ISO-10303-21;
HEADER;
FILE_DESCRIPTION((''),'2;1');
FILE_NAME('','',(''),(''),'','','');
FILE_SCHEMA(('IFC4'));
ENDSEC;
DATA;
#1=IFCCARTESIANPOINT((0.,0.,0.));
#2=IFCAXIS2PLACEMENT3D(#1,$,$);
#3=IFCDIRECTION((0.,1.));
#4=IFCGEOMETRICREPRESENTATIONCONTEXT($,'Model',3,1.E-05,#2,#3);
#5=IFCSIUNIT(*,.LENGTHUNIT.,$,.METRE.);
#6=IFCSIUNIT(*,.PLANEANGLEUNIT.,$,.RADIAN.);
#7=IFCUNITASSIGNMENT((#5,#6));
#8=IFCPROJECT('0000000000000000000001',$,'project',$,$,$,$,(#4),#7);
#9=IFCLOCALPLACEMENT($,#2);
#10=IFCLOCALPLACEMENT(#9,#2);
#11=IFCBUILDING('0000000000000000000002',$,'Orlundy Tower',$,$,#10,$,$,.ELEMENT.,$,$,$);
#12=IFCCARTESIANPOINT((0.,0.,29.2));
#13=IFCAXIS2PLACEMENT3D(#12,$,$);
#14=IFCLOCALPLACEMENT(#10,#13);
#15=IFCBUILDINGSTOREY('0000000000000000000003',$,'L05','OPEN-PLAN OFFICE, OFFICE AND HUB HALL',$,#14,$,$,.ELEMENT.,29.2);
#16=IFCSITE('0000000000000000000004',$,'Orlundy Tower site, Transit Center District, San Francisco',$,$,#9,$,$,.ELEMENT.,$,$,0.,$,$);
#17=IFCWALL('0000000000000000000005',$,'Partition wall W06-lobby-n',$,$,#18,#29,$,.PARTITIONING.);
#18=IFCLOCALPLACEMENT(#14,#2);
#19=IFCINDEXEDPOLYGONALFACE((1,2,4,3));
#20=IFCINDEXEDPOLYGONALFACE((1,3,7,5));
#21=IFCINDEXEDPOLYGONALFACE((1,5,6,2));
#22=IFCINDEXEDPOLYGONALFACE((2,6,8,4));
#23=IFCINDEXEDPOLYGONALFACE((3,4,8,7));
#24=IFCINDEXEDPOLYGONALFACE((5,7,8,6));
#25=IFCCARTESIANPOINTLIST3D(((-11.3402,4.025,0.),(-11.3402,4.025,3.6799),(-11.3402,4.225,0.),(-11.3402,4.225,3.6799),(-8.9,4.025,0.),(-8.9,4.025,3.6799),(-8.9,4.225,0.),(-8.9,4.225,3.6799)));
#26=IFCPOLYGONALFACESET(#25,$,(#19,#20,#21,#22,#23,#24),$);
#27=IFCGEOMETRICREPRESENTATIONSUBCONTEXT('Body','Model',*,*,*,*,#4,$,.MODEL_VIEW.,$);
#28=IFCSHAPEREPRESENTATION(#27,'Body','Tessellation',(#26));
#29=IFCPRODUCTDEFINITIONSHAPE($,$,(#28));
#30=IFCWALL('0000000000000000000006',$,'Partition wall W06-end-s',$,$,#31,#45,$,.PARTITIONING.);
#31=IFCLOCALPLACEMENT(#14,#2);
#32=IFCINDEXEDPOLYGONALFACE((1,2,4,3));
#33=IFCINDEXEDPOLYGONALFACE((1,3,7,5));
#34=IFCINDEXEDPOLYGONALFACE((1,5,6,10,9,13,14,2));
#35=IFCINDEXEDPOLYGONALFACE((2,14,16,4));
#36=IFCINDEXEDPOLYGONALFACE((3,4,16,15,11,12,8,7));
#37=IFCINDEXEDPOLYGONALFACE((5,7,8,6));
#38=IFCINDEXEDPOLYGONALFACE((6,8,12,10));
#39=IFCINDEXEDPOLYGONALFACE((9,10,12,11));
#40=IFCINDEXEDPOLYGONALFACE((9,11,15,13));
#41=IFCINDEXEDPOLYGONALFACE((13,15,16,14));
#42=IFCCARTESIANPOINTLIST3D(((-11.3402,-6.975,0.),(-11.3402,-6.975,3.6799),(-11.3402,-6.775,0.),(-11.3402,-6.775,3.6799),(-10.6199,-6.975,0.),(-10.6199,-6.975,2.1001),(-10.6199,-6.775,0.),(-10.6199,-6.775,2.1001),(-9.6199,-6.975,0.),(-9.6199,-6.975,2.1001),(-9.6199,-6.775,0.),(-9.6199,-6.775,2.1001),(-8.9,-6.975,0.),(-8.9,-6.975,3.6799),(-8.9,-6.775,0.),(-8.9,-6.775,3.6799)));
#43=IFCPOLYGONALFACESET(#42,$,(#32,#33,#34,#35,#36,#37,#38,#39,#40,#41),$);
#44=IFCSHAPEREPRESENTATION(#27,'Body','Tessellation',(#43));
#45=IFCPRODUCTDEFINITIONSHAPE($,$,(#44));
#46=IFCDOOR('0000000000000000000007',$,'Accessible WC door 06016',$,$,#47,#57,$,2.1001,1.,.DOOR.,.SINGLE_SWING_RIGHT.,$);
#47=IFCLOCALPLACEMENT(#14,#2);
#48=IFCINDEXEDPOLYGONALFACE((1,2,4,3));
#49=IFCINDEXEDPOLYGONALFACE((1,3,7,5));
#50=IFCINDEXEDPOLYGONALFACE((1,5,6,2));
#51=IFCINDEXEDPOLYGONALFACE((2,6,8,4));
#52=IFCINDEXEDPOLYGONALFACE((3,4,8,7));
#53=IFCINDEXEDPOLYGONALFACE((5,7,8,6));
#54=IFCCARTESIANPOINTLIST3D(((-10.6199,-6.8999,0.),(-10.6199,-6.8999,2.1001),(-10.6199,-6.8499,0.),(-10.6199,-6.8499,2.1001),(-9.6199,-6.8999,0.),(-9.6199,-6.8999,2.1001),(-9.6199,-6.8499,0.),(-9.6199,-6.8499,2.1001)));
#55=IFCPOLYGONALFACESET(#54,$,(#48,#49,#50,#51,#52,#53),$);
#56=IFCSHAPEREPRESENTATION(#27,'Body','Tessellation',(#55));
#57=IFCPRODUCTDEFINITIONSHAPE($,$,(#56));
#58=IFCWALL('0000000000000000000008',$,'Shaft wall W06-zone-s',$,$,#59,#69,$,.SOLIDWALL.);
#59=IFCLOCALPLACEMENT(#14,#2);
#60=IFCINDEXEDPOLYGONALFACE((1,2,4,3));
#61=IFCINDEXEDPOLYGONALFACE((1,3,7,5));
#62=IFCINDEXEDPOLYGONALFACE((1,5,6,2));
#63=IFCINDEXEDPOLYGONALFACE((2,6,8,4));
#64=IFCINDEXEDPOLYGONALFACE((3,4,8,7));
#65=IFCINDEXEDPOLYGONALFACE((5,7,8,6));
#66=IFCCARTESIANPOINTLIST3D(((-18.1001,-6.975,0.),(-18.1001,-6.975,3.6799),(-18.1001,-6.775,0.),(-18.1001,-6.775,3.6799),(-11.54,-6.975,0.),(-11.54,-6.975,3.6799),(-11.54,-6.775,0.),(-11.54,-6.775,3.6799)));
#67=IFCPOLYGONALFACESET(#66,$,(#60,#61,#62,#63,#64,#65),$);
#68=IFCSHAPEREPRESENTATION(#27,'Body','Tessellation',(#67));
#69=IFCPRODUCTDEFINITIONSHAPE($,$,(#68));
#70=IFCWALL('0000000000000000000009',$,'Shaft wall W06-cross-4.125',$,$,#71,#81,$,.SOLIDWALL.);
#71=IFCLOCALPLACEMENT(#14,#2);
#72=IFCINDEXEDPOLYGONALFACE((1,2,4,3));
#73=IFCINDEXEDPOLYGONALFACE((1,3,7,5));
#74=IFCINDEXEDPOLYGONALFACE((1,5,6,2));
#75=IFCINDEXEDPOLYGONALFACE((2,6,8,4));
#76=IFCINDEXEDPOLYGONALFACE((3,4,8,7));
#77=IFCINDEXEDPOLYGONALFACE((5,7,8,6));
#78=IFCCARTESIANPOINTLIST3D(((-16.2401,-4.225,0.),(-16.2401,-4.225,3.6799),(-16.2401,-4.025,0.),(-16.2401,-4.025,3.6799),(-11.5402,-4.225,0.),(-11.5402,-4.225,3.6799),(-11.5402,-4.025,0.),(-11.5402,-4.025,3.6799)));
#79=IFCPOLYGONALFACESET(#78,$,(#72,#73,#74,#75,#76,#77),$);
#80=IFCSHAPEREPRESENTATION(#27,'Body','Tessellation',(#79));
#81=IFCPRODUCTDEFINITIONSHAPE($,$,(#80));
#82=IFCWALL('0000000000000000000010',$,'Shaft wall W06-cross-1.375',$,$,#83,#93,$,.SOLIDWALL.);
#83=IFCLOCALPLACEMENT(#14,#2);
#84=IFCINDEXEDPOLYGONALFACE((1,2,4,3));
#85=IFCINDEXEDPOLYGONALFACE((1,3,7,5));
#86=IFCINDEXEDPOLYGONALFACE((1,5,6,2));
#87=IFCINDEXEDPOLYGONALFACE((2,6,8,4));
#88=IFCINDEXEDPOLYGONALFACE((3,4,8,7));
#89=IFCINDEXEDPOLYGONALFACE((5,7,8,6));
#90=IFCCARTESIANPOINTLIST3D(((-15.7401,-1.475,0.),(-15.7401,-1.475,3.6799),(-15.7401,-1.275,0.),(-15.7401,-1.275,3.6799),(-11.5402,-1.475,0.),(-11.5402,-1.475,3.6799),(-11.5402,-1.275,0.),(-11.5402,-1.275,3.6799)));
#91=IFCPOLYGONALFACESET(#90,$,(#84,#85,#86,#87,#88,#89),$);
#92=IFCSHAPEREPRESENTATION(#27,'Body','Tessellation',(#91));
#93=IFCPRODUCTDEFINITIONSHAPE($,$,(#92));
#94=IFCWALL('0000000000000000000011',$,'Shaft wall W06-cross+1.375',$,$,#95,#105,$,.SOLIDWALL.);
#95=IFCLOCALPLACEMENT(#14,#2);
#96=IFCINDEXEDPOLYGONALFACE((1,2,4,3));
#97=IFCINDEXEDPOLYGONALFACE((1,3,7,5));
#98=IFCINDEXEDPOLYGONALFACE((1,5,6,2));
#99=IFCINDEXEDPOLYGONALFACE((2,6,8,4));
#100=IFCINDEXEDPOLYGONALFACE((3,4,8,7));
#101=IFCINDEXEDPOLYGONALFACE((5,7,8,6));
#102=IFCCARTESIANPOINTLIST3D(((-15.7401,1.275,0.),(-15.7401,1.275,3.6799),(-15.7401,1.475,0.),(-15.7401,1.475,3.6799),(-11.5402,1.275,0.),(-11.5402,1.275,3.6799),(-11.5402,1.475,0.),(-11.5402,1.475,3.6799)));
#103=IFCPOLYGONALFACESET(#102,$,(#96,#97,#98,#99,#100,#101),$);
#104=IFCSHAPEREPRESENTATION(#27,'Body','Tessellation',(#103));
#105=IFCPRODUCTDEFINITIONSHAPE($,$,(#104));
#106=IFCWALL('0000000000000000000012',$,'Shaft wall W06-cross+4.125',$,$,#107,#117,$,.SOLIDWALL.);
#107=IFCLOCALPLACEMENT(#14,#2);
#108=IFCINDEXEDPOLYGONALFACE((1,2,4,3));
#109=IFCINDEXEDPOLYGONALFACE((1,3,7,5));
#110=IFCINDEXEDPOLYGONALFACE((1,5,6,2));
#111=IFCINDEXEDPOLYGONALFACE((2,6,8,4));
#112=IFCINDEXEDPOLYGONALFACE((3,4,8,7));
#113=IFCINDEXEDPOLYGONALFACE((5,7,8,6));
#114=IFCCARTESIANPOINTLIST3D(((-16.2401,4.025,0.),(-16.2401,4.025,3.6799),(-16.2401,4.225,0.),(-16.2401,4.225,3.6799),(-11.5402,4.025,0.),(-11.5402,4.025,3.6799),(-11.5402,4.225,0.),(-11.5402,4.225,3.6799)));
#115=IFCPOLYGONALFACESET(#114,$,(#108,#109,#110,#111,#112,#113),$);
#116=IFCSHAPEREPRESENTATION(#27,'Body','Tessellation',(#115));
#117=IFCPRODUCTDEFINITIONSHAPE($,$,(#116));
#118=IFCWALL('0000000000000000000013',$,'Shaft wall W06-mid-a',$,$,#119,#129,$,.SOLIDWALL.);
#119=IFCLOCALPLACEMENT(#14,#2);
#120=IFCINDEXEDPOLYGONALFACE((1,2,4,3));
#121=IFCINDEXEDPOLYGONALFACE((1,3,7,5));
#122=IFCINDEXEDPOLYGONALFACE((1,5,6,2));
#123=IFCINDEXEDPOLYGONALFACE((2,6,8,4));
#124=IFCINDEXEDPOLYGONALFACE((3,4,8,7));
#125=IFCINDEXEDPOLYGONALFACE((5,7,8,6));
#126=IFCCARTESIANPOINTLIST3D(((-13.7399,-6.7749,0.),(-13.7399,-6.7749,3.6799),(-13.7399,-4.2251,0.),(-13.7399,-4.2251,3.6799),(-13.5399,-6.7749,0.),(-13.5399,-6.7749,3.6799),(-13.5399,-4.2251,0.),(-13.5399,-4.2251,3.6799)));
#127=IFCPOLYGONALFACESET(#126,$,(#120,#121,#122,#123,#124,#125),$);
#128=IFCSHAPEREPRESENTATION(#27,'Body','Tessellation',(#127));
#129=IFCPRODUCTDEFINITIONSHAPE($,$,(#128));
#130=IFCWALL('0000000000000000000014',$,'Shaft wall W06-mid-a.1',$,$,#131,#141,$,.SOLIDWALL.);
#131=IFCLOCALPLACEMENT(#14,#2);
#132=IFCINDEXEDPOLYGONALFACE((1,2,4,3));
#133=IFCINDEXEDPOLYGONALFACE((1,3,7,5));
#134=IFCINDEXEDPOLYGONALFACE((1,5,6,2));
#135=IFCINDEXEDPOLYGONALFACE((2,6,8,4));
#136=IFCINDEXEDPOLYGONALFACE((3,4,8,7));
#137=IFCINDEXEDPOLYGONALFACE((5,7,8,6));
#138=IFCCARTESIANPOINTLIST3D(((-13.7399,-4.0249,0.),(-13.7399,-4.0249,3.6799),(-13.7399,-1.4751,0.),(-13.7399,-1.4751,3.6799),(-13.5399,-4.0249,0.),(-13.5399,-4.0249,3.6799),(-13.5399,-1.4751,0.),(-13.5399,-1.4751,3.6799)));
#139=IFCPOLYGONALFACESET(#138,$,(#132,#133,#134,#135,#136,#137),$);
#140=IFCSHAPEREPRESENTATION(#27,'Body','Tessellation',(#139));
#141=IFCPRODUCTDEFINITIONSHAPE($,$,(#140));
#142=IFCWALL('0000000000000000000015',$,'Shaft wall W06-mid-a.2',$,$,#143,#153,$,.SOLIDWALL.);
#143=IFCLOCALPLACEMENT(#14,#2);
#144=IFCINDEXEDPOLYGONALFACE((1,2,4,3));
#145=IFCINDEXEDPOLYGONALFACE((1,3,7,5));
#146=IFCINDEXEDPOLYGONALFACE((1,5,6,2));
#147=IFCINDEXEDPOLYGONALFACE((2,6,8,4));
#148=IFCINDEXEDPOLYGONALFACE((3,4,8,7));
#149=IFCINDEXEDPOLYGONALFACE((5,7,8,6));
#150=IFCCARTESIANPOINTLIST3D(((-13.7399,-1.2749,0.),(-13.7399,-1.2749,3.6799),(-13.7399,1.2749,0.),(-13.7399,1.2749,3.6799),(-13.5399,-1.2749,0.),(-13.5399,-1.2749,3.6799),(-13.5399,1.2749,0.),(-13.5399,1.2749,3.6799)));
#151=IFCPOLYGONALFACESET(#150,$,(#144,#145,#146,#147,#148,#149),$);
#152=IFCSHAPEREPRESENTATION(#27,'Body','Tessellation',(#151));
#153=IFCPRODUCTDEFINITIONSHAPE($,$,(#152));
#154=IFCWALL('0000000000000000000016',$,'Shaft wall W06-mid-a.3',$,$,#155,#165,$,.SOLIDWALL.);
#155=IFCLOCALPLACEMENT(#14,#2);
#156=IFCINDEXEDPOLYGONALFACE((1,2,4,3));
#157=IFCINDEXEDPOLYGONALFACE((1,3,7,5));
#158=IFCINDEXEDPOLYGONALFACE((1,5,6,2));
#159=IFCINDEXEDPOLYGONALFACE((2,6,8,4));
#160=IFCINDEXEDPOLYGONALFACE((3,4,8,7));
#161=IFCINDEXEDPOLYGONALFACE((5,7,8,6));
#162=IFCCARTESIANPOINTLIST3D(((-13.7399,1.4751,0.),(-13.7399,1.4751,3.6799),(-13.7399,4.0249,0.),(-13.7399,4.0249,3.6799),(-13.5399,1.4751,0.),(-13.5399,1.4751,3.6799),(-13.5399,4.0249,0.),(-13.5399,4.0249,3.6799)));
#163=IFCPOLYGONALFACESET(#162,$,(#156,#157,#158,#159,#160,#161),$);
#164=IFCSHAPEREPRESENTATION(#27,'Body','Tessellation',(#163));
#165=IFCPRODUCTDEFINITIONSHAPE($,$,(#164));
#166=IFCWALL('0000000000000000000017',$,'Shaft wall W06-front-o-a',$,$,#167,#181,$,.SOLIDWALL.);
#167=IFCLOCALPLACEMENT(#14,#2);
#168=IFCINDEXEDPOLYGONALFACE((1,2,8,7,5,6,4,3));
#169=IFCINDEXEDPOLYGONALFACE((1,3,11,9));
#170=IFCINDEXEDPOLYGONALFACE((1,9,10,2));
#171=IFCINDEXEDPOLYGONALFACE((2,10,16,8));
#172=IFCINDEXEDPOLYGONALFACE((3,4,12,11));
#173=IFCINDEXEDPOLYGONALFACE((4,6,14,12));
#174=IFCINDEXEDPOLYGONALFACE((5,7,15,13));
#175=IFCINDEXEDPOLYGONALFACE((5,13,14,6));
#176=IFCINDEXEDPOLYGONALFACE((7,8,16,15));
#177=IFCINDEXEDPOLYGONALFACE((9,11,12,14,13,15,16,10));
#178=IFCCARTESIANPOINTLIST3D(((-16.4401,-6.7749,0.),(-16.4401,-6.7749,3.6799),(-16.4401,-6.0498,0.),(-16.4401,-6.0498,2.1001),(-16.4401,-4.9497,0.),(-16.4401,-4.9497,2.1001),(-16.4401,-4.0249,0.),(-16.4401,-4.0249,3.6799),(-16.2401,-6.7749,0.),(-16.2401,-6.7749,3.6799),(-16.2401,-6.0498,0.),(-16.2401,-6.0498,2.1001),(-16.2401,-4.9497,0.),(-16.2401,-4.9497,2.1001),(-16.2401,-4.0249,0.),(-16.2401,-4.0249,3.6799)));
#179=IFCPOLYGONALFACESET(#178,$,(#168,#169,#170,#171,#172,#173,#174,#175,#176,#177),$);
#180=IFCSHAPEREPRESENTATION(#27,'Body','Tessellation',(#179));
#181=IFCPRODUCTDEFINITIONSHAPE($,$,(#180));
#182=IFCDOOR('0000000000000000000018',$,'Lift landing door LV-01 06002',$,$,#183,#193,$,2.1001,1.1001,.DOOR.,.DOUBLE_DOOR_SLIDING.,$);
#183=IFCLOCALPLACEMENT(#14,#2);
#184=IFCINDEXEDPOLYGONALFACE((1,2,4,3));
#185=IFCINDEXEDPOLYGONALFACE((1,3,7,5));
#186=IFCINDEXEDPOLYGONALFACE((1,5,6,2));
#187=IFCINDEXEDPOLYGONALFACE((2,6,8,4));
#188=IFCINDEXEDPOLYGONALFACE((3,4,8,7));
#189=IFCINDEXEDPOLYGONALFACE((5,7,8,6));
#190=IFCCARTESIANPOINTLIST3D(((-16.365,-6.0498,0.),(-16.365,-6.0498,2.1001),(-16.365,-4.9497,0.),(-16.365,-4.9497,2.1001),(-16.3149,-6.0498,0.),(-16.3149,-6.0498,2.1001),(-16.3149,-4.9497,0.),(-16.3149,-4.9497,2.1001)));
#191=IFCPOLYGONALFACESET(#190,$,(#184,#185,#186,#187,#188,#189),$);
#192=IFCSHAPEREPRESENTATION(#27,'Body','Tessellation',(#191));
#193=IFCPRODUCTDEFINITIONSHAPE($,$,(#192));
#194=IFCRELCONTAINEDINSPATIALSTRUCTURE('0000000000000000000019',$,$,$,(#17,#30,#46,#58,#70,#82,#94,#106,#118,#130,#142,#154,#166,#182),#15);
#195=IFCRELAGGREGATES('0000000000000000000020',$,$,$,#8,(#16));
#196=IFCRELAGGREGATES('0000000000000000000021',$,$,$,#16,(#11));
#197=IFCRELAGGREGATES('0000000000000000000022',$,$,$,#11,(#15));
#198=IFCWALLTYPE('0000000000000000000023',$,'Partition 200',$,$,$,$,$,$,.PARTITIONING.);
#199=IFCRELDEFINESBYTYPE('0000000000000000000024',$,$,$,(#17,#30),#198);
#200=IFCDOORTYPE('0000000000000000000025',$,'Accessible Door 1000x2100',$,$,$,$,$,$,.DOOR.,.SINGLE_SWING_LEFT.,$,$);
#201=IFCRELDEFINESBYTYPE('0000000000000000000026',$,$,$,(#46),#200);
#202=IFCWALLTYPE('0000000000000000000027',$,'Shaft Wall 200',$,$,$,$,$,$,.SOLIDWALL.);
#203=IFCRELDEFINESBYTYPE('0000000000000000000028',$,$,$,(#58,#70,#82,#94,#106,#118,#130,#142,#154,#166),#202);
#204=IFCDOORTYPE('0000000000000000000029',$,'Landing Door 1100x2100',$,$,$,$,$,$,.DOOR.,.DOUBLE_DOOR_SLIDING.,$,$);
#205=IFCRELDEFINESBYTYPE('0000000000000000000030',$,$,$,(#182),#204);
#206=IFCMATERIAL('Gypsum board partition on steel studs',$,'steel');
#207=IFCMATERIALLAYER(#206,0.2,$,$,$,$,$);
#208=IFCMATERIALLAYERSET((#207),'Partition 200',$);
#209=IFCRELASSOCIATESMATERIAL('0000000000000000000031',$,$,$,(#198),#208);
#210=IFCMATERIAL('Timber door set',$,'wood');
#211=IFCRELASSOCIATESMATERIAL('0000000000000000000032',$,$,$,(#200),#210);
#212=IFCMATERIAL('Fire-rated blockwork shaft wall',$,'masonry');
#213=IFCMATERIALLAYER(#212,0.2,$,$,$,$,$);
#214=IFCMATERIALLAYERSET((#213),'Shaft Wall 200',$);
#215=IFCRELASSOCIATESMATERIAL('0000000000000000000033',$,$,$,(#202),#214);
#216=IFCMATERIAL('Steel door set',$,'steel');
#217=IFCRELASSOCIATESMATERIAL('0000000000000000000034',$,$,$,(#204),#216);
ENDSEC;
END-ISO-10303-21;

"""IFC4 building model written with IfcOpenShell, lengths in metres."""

from ifc_helpers import new_model, si_unit, direction, frame, frame_2d, origin, place, context, subcontext, project, spatial, rectangle, extrude, material, layer, layer_set, type_object, element, fill, save


model = new_model("IFC4")

# Units and contexts
model_context = context("Model", 3, precision=1e-05, world=origin(), true_north=direction((0.0, 1.0)))
body_context = subcontext(model_context, "Body", "Model", "MODEL_VIEW")
ifc_project = project(units=[si_unit("LENGTHUNIT", "METRE"), si_unit("PLANEANGLEUNIT", "RADIAN")], contexts=[model_context])

# Site, building, storey
site_placement = place(None, origin())
site = spatial("IfcSite", under=ifc_project, at=site_placement, Name="Orlundy Tower site, Transit Center District, San Francisco", CompositionType="ELEMENT", RefElevation=0.0)
building_placement = place(site_placement, origin())
building = spatial("IfcBuilding", under=site, at=building_placement, Name="Orlundy Tower", CompositionType="ELEMENT")
storey_placement = place(building_placement, frame((0.0, 0.0, 29.2)))
storey = spatial("IfcBuildingStorey", under=building, at=storey_placement, Name="L05", Description="OPEN-PLAN OFFICE, OFFICE AND HUB HALL", CompositionType="ELEMENT", Elevation=29.2)

# Wall
ifc_material_1 = material(Name="Gypsum board partition on steel studs", Category="steel")
ifc_layer_1 = layer(ifc_material_1, 0.2)
ifc_layer_set_1 = layer_set([ifc_layer_1], Name="Partition 200")
wall_type_1 = type_object("IfcWallType", Name="Partition 200", PredefinedType="PARTITIONING", material=ifc_layer_set_1)
wall_1_placement = place(storey_placement, frame((-8.8999, 4.125, 0.0), z_axis=(0.0, 0.0, 1.0), x_axis=(-1.0, 0.0, 0.0)))
element("IfcWall", 1, at=wall_1_placement, inside=storey, type_object=wall_type_1, Name="Partition wall W06-lobby-n", PredefinedType="PARTITIONING", context=body_context, shape_type="SweptSolid", body=[
    extrude(rectangle(XDim=2.4402, YDim=0.2, at=frame_2d((1.2202, 0.0))), origin(), (0.0, 0.0, 1.0), 3.6799),
])

# Wall, opening, door
wall_2_placement = place(storey_placement, frame((-8.8999, -6.875, 0.0), z_axis=(0.0, 0.0, 1.0), x_axis=(-1.0, 0.0, 0.0)))
wall_2 = element("IfcWall", 2, at=wall_2_placement, inside=storey, type_object=wall_type_1, Name="Partition wall W06-end-s", PredefinedType="PARTITIONING", context=body_context, shape_type="SweptSolid", body=[
    extrude(rectangle(XDim=2.4402, YDim=0.2, at=frame_2d((1.2202, 0.0))), origin(), (0.0, 0.0, 1.0), 3.6799),
])
opening_1_placement = place(wall_2_placement, frame((0.72, 0.0, 0.0)))
opening_1 = element("IfcOpeningElement", 3, at=opening_1_placement, cuts=wall_2, PredefinedType="OPENING", context=body_context, shape_type="SweptSolid", body=[
    extrude(rectangle(XDim=1.0, YDim=2.1001, at=frame_2d((0.5, 1.05))), frame((0.0, 0.1101, 0.0), z_axis=(0.0, -1.0, 0.0), x_axis=(1.0, 0.0, 0.0)), (0.0, 0.0, 1.0), 0.2202),
])
ifc_material_2 = material(Name="Timber door set", Category="wood")
door_type_1 = type_object("IfcDoorType", Name="Accessible Door 1000x2100", OperationType="SINGLE_SWING_LEFT", PredefinedType="DOOR", material=ifc_material_2)
door_1_placement = place(opening_1_placement, origin())
door_1 = element("IfcDoor", 4, at=door_1_placement, inside=storey, type_object=door_type_1, Name="Accessible WC door 06016", OperationType="SINGLE_SWING_RIGHT", OverallHeight=2.1001, OverallWidth=1.0, PredefinedType="DOOR", context=body_context, shape_type="SweptSolid", body=[
    extrude(rectangle(XDim=1.0, YDim=2.1001, at=frame_2d((0.5, 1.05))), frame((0.0, 0.0249, 0.0), z_axis=(0.0, -1.0, 0.0), x_axis=(1.0, 0.0, 0.0)), (0.0, 0.0, 1.0), 0.05),
])
fill(opening_1, door_1)

# Walls
ifc_material_3 = material(Name="Fire-rated blockwork shaft wall", Category="masonry")
ifc_layer_2 = layer(ifc_material_3, 0.2)
ifc_layer_set_2 = layer_set([ifc_layer_2], Name="Shaft Wall 200")
wall_type_2 = type_object("IfcWallType", Name="Shaft Wall 200", PredefinedType="SOLIDWALL", material=ifc_layer_set_2)
wall_3_placement = place(storey_placement, frame((-11.54, -6.875, 0.0), z_axis=(0.0, 0.0, 1.0), x_axis=(-1.0, 0.0, 0.0)))
element("IfcWall", 5, at=wall_3_placement, inside=storey, type_object=wall_type_2, Name="Shaft wall W06-zone-s", PredefinedType="SOLIDWALL", context=body_context, shape_type="SweptSolid", body=[
    extrude(rectangle(XDim=6.5601, YDim=0.2, at=frame_2d((3.28, 0.0))), origin(), (0.0, 0.0, 1.0), 3.6799),
])
wall_4_placement = place(storey_placement, frame((-11.54, -4.125, 0.0), z_axis=(0.0, 0.0, 1.0), x_axis=(-1.0, 0.0, 0.0)))
element("IfcWall", 6, at=wall_4_placement, inside=storey, type_object=wall_type_2, Name="Shaft wall W06-cross-4.125", PredefinedType="SOLIDWALL", context=body_context, shape_type="SweptSolid", body=[
    extrude(rectangle(XDim=4.7, YDim=0.2, at=frame_2d((2.3501, 0.0))), origin(), (0.0, 0.0, 1.0), 3.6799),
])
for number, where, z_axis, x_axis, name in (
    (7, (-11.54, -1.375, 0.0), (0.0, 0.0, 1.0), (-1.0, 0.0, 0.0), "Shaft wall W06-cross-1.375"),
    (8, (-11.54, 1.375, 0.0), (0.0, 0.0, 1.0), (-1.0, 0.0, 0.0), "Shaft wall W06-cross+1.375"),
):
    element("IfcWall", number, at=place(storey_placement, frame(where, z_axis=z_axis, x_axis=x_axis)), inside=storey, type_object=wall_type_2, Name=name, PredefinedType="SOLIDWALL", context=body_context, shape_type="SweptSolid", body=[
        extrude(rectangle(XDim=4.2, YDim=0.2, at=frame_2d((2.1001, 0.0))), origin(), (0.0, 0.0, 1.0), 3.6799),
    ])
wall_5_placement = place(storey_placement, frame((-11.54, 4.125, 0.0), z_axis=(0.0, 0.0, 1.0), x_axis=(-1.0, 0.0, 0.0)))
element("IfcWall", 9, at=wall_5_placement, inside=storey, type_object=wall_type_2, Name="Shaft wall W06-cross+4.125", PredefinedType="SOLIDWALL", context=body_context, shape_type="SweptSolid", body=[
    extrude(rectangle(XDim=4.7, YDim=0.2, at=frame_2d((2.3501, 0.0))), origin(), (0.0, 0.0, 1.0), 3.6799),
])
for number, where, z_axis, x_axis, name in (
    (10, (-13.6399, -6.7749, 0.0), (0.0, 0.0, 1.0), (0.0, 1.0, 0.0), "Shaft wall W06-mid-a"),
    (11, (-13.6399, -4.0249, 0.0), (0.0, 0.0, 1.0), (0.0, 1.0, 0.0), "Shaft wall W06-mid-a.1"),
    (12, (-13.6399, -1.2749, 0.0), (0.0, 0.0, 1.0), (0.0, 1.0, 0.0), "Shaft wall W06-mid-a.2"),
    (13, (-13.6399, 1.4751, 0.0), (0.0, 0.0, 1.0), (0.0, 1.0, 0.0), "Shaft wall W06-mid-a.3"),
):
    element("IfcWall", number, at=place(storey_placement, frame(where, z_axis=z_axis, x_axis=x_axis)), inside=storey, type_object=wall_type_2, Name=name, PredefinedType="SOLIDWALL", context=body_context, shape_type="SweptSolid", body=[
        extrude(rectangle(XDim=2.5498, YDim=0.2, at=frame_2d((1.2749, 0.0))), origin(), (0.0, 0.0, 1.0), 3.6799),
    ])

# Wall, opening, door
wall_6_placement = place(storey_placement, frame((-16.3401, -6.7749, 0.0), z_axis=(0.0, 0.0, 1.0), x_axis=(0.0, 1.0, 0.0)))
wall_6 = element("IfcWall", 14, at=wall_6_placement, inside=storey, type_object=wall_type_2, Name="Shaft wall W06-front-o-a", PredefinedType="SOLIDWALL", context=body_context, shape_type="SweptSolid", body=[
    extrude(rectangle(XDim=2.75, YDim=0.2, at=frame_2d((1.375, 0.0))), origin(), (0.0, 0.0, 1.0), 3.6799),
])
opening_2_placement = place(wall_6_placement, frame((0.7251, 0.0, 0.0)))
opening_2 = element("IfcOpeningElement", 15, at=opening_2_placement, cuts=wall_6, PredefinedType="OPENING", context=body_context, shape_type="SweptSolid", body=[
    extrude(rectangle(XDim=1.1001, YDim=2.1001, at=frame_2d((0.55, 1.05))), frame((0.0, 0.1101, 0.0), z_axis=(0.0, -1.0, 0.0), x_axis=(1.0, 0.0, 0.0)), (0.0, 0.0, 1.0), 0.2202),
])
ifc_material_4 = material(Name="Steel door set", Category="steel")
door_type_2 = type_object("IfcDoorType", Name="Landing Door 1100x2100", OperationType="DOUBLE_DOOR_SLIDING", PredefinedType="DOOR", material=ifc_material_4)
door_2_placement = place(opening_2_placement, origin())
door_2 = element("IfcDoor", 16, at=door_2_placement, inside=storey, type_object=door_type_2, Name="Lift landing door LV-01 06002", OperationType="DOUBLE_DOOR_SLIDING", OverallHeight=2.1001, OverallWidth=1.1001, PredefinedType="DOOR", context=body_context, shape_type="SweptSolid", body=[
    extrude(rectangle(XDim=1.1001, YDim=2.1001, at=frame_2d((0.55, 1.05))), frame((0.0, 0.0249, 0.0), z_axis=(0.0, -1.0, 0.0), x_axis=(1.0, 0.0, 0.0)), (0.0, 0.0, 1.0), 0.05),
])
fill(opening_2, door_2)

save(model, "model.ifc")
